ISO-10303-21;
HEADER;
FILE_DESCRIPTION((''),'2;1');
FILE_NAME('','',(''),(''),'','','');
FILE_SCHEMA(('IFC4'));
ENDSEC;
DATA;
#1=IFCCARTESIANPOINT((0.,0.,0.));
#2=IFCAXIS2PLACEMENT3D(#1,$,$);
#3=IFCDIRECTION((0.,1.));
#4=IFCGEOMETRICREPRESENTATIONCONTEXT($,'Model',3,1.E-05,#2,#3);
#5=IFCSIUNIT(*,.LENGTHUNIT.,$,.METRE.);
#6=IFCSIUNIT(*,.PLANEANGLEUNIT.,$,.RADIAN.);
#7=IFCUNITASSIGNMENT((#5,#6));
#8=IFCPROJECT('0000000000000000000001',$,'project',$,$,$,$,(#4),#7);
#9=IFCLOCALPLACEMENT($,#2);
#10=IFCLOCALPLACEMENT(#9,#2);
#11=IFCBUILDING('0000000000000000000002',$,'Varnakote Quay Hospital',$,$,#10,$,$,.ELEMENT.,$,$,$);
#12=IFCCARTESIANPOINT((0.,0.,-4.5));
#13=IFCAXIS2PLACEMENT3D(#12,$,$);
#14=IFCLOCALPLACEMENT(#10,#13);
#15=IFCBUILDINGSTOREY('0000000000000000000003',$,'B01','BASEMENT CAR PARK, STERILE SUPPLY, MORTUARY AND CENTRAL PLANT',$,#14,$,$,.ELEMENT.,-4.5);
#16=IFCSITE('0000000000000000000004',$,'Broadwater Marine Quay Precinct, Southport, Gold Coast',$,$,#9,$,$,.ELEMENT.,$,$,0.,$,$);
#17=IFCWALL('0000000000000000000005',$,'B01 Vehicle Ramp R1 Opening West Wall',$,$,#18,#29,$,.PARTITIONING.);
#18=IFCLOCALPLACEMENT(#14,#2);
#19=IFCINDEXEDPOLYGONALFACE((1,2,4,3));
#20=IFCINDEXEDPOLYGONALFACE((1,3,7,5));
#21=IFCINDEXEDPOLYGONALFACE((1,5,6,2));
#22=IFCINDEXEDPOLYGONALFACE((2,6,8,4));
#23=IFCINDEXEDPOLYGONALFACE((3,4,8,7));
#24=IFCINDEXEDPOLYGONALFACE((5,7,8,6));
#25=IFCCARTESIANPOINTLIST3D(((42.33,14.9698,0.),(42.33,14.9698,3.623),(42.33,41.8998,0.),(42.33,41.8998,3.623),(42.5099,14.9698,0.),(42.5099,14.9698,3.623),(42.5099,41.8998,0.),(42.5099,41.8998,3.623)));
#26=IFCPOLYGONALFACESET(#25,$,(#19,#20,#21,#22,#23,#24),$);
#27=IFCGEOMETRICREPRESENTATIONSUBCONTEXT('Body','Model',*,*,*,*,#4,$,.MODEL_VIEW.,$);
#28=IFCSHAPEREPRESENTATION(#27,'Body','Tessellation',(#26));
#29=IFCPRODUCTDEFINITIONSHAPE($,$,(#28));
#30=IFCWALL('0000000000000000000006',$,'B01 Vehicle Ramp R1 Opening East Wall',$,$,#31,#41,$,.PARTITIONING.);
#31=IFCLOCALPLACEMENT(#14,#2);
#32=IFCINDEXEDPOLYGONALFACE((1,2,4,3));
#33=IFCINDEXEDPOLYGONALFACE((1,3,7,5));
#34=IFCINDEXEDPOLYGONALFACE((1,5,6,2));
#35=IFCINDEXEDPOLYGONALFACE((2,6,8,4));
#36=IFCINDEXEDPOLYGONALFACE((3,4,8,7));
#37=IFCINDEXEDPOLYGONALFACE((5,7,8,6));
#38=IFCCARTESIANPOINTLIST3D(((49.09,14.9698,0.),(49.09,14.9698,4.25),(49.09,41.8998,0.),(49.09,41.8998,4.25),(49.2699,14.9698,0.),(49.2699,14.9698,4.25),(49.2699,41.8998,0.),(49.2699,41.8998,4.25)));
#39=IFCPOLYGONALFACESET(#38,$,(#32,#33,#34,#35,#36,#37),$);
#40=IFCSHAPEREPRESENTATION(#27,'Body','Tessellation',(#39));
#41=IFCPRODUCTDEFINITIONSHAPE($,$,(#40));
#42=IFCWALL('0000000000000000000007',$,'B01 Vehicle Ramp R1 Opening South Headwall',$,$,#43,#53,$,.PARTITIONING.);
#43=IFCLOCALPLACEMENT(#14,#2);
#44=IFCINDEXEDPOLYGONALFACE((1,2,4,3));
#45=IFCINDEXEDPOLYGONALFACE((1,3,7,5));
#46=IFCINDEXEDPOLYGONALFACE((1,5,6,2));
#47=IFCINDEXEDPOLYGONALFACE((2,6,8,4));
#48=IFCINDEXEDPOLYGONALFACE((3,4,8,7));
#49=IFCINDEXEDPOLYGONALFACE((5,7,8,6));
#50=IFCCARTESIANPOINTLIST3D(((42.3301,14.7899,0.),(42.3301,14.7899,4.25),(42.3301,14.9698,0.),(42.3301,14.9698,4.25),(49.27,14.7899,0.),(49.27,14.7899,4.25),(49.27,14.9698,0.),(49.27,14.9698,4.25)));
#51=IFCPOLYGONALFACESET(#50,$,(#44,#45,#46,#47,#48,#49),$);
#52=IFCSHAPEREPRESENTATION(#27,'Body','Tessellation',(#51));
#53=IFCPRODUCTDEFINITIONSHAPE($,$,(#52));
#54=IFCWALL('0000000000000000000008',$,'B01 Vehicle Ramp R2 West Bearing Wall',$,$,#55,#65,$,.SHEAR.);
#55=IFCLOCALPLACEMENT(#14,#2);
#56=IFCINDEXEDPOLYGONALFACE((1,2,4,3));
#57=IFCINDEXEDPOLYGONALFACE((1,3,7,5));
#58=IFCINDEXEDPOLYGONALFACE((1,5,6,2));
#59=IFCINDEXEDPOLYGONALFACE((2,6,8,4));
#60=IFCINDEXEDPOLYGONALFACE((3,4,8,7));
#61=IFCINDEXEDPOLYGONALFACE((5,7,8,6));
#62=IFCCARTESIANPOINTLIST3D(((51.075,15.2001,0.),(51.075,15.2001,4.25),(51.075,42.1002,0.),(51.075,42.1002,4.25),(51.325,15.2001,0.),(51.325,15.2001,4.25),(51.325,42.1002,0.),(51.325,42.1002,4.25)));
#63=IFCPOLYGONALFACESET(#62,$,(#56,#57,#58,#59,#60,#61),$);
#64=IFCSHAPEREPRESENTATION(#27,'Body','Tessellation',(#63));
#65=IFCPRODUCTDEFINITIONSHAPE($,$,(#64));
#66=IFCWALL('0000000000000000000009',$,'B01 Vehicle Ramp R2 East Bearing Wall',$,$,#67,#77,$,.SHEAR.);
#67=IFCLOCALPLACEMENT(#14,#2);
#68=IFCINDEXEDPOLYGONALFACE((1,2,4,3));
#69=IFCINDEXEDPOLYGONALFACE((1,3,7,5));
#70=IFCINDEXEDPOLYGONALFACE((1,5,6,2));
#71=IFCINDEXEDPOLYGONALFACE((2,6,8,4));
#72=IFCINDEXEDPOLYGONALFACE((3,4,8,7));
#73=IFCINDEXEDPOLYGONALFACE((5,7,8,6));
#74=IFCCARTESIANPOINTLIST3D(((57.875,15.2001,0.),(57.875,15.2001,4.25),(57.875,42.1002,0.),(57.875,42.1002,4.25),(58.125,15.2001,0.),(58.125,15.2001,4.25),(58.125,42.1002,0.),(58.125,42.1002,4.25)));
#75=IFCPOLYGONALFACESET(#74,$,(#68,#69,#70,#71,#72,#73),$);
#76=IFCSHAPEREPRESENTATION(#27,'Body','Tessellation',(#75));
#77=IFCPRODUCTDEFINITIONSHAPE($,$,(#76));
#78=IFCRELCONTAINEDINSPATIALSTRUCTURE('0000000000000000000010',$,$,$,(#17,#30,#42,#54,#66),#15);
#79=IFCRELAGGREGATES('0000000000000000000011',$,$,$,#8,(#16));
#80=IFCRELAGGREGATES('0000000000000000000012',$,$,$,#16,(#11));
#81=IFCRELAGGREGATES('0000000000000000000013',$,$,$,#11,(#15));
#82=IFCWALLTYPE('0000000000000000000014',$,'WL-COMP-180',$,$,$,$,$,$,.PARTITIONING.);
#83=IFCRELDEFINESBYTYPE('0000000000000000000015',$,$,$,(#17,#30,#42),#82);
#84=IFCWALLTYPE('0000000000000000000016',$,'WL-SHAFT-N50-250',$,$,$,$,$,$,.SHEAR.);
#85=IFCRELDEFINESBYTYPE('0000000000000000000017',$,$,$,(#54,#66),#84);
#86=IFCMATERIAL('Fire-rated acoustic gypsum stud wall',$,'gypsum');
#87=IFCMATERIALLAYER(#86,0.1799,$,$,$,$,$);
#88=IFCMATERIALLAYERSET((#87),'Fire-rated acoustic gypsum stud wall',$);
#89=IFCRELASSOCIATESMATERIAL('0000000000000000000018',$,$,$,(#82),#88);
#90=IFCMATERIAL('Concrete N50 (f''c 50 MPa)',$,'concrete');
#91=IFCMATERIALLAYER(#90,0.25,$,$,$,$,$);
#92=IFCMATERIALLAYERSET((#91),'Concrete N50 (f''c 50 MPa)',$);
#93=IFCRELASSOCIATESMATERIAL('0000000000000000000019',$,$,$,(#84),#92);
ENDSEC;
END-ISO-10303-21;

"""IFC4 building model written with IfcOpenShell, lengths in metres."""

from ifc_helpers import new_model, si_unit, direction, frame, frame_2d, origin, place, context, subcontext, project, spatial, rectangle, extrude, material, layer, layer_set, type_object, element, save


model = new_model("IFC4")

# Units and contexts
model_context = context("Model", 3, precision=1e-05, world=origin(), true_north=direction((0.0, 1.0)))
body_context = subcontext(model_context, "Body", "Model", "MODEL_VIEW")
ifc_project = project(units=[si_unit("LENGTHUNIT", "METRE"), si_unit("PLANEANGLEUNIT", "RADIAN")], contexts=[model_context])

# Site, building, storey
site_placement = place(None, origin())
site = spatial("IfcSite", under=ifc_project, at=site_placement, Name="Broadwater Marine Quay Precinct, Southport, Gold Coast", CompositionType="ELEMENT", RefElevation=0.0)
building_placement = place(site_placement, origin())
building = spatial("IfcBuilding", under=site, at=building_placement, Name="Varnakote Quay Hospital", CompositionType="ELEMENT")
storey_placement = place(building_placement, frame((0.0, 0.0, -4.5)))
storey = spatial("IfcBuildingStorey", under=building, at=storey_placement, Name="B01", Description="BASEMENT CAR PARK, STERILE SUPPLY, MORTUARY AND CENTRAL PLANT", CompositionType="ELEMENT", Elevation=-4.5)

# Walls
ifc_material_1 = material(Name="Fire-rated acoustic gypsum stud wall", Category="gypsum")
ifc_layer_1 = layer(ifc_material_1, 0.1799)
ifc_layer_set_1 = layer_set([ifc_layer_1], Name="Fire-rated acoustic gypsum stud wall")
wall_type_1 = type_object("IfcWallType", Name="WL-COMP-180", PredefinedType="PARTITIONING", material=ifc_layer_set_1)
wall_1_placement = place(storey_placement, frame((42.4199, 14.97, 0.0), z_axis=(0.0, 0.0, 1.0), x_axis=(0.0, 1.0, 0.0)))
element("IfcWall", 1, at=wall_1_placement, inside=storey, type_object=wall_type_1, Name="B01 Vehicle Ramp R1 Opening West Wall", PredefinedType="PARTITIONING", context=body_context, shape_type="SweptSolid", body=[
    extrude(rectangle(XDim=26.9299, YDim=0.1799, at=frame_2d((13.4648, 0.0))), origin(), (0.0, 0.0, 1.0), 3.623),
])
wall_2_placement = place(storey_placement, frame((49.1799, 14.97, 0.0), z_axis=(0.0, 0.0, 1.0), x_axis=(0.0, 1.0, 0.0)))
element("IfcWall", 2, at=wall_2_placement, inside=storey, type_object=wall_type_1, Name="B01 Vehicle Ramp R1 Opening East Wall", PredefinedType="PARTITIONING", context=body_context, shape_type="SweptSolid", body=[
    extrude(rectangle(XDim=26.9299, YDim=0.1799, at=frame_2d((13.4648, 0.0))), origin(), (0.0, 0.0, 1.0), 4.25),
])
wall_3_placement = place(storey_placement, frame((42.3301, 14.8799, 0.0), z_axis=(0.0, 0.0, 1.0), x_axis=(1.0, 0.0, 0.0)))
element("IfcWall", 3, at=wall_3_placement, inside=storey, type_object=wall_type_1, Name="B01 Vehicle Ramp R1 Opening South Headwall", PredefinedType="PARTITIONING", context=body_context, shape_type="SweptSolid", body=[
    extrude(rectangle(XDim=6.9399, YDim=0.1799, at=frame_2d((3.47, 0.0))), origin(), (0.0, 0.0, 1.0), 4.25),
])
ifc_material_2 = material(Name="Concrete N50 (f'c 50 MPa)", Category="concrete")
ifc_layer_2 = layer(ifc_material_2, 0.25)
ifc_layer_set_2 = layer_set([ifc_layer_2], Name="Concrete N50 (f'c 50 MPa)")
wall_type_2 = type_object("IfcWallType", Name="WL-SHAFT-N50-250", PredefinedType="SHEAR", material=ifc_layer_set_2)
for number, where, z_axis, x_axis, name in (
    (4, (51.2, 15.2, 0.0), (0.0, 0.0, 1.0), (0.0, 1.0, 0.0), "B01 Vehicle Ramp R2 West Bearing Wall"),
    (5, (58.0, 15.2, 0.0), (0.0, 0.0, 1.0), (0.0, 1.0, 0.0), "B01 Vehicle Ramp R2 East Bearing Wall"),
):
    element("IfcWall", number, at=place(storey_placement, frame(where, z_axis=z_axis, x_axis=x_axis)), inside=storey, type_object=wall_type_2, Name=name, PredefinedType="SHEAR", context=body_context, shape_type="SweptSolid", body=[
        extrude(rectangle(XDim=26.9001, YDim=0.25, at=frame_2d((13.4502, 0.0))), origin(), (0.0, 0.0, 1.0), 4.25),
    ])

save(model, "model.ifc")
